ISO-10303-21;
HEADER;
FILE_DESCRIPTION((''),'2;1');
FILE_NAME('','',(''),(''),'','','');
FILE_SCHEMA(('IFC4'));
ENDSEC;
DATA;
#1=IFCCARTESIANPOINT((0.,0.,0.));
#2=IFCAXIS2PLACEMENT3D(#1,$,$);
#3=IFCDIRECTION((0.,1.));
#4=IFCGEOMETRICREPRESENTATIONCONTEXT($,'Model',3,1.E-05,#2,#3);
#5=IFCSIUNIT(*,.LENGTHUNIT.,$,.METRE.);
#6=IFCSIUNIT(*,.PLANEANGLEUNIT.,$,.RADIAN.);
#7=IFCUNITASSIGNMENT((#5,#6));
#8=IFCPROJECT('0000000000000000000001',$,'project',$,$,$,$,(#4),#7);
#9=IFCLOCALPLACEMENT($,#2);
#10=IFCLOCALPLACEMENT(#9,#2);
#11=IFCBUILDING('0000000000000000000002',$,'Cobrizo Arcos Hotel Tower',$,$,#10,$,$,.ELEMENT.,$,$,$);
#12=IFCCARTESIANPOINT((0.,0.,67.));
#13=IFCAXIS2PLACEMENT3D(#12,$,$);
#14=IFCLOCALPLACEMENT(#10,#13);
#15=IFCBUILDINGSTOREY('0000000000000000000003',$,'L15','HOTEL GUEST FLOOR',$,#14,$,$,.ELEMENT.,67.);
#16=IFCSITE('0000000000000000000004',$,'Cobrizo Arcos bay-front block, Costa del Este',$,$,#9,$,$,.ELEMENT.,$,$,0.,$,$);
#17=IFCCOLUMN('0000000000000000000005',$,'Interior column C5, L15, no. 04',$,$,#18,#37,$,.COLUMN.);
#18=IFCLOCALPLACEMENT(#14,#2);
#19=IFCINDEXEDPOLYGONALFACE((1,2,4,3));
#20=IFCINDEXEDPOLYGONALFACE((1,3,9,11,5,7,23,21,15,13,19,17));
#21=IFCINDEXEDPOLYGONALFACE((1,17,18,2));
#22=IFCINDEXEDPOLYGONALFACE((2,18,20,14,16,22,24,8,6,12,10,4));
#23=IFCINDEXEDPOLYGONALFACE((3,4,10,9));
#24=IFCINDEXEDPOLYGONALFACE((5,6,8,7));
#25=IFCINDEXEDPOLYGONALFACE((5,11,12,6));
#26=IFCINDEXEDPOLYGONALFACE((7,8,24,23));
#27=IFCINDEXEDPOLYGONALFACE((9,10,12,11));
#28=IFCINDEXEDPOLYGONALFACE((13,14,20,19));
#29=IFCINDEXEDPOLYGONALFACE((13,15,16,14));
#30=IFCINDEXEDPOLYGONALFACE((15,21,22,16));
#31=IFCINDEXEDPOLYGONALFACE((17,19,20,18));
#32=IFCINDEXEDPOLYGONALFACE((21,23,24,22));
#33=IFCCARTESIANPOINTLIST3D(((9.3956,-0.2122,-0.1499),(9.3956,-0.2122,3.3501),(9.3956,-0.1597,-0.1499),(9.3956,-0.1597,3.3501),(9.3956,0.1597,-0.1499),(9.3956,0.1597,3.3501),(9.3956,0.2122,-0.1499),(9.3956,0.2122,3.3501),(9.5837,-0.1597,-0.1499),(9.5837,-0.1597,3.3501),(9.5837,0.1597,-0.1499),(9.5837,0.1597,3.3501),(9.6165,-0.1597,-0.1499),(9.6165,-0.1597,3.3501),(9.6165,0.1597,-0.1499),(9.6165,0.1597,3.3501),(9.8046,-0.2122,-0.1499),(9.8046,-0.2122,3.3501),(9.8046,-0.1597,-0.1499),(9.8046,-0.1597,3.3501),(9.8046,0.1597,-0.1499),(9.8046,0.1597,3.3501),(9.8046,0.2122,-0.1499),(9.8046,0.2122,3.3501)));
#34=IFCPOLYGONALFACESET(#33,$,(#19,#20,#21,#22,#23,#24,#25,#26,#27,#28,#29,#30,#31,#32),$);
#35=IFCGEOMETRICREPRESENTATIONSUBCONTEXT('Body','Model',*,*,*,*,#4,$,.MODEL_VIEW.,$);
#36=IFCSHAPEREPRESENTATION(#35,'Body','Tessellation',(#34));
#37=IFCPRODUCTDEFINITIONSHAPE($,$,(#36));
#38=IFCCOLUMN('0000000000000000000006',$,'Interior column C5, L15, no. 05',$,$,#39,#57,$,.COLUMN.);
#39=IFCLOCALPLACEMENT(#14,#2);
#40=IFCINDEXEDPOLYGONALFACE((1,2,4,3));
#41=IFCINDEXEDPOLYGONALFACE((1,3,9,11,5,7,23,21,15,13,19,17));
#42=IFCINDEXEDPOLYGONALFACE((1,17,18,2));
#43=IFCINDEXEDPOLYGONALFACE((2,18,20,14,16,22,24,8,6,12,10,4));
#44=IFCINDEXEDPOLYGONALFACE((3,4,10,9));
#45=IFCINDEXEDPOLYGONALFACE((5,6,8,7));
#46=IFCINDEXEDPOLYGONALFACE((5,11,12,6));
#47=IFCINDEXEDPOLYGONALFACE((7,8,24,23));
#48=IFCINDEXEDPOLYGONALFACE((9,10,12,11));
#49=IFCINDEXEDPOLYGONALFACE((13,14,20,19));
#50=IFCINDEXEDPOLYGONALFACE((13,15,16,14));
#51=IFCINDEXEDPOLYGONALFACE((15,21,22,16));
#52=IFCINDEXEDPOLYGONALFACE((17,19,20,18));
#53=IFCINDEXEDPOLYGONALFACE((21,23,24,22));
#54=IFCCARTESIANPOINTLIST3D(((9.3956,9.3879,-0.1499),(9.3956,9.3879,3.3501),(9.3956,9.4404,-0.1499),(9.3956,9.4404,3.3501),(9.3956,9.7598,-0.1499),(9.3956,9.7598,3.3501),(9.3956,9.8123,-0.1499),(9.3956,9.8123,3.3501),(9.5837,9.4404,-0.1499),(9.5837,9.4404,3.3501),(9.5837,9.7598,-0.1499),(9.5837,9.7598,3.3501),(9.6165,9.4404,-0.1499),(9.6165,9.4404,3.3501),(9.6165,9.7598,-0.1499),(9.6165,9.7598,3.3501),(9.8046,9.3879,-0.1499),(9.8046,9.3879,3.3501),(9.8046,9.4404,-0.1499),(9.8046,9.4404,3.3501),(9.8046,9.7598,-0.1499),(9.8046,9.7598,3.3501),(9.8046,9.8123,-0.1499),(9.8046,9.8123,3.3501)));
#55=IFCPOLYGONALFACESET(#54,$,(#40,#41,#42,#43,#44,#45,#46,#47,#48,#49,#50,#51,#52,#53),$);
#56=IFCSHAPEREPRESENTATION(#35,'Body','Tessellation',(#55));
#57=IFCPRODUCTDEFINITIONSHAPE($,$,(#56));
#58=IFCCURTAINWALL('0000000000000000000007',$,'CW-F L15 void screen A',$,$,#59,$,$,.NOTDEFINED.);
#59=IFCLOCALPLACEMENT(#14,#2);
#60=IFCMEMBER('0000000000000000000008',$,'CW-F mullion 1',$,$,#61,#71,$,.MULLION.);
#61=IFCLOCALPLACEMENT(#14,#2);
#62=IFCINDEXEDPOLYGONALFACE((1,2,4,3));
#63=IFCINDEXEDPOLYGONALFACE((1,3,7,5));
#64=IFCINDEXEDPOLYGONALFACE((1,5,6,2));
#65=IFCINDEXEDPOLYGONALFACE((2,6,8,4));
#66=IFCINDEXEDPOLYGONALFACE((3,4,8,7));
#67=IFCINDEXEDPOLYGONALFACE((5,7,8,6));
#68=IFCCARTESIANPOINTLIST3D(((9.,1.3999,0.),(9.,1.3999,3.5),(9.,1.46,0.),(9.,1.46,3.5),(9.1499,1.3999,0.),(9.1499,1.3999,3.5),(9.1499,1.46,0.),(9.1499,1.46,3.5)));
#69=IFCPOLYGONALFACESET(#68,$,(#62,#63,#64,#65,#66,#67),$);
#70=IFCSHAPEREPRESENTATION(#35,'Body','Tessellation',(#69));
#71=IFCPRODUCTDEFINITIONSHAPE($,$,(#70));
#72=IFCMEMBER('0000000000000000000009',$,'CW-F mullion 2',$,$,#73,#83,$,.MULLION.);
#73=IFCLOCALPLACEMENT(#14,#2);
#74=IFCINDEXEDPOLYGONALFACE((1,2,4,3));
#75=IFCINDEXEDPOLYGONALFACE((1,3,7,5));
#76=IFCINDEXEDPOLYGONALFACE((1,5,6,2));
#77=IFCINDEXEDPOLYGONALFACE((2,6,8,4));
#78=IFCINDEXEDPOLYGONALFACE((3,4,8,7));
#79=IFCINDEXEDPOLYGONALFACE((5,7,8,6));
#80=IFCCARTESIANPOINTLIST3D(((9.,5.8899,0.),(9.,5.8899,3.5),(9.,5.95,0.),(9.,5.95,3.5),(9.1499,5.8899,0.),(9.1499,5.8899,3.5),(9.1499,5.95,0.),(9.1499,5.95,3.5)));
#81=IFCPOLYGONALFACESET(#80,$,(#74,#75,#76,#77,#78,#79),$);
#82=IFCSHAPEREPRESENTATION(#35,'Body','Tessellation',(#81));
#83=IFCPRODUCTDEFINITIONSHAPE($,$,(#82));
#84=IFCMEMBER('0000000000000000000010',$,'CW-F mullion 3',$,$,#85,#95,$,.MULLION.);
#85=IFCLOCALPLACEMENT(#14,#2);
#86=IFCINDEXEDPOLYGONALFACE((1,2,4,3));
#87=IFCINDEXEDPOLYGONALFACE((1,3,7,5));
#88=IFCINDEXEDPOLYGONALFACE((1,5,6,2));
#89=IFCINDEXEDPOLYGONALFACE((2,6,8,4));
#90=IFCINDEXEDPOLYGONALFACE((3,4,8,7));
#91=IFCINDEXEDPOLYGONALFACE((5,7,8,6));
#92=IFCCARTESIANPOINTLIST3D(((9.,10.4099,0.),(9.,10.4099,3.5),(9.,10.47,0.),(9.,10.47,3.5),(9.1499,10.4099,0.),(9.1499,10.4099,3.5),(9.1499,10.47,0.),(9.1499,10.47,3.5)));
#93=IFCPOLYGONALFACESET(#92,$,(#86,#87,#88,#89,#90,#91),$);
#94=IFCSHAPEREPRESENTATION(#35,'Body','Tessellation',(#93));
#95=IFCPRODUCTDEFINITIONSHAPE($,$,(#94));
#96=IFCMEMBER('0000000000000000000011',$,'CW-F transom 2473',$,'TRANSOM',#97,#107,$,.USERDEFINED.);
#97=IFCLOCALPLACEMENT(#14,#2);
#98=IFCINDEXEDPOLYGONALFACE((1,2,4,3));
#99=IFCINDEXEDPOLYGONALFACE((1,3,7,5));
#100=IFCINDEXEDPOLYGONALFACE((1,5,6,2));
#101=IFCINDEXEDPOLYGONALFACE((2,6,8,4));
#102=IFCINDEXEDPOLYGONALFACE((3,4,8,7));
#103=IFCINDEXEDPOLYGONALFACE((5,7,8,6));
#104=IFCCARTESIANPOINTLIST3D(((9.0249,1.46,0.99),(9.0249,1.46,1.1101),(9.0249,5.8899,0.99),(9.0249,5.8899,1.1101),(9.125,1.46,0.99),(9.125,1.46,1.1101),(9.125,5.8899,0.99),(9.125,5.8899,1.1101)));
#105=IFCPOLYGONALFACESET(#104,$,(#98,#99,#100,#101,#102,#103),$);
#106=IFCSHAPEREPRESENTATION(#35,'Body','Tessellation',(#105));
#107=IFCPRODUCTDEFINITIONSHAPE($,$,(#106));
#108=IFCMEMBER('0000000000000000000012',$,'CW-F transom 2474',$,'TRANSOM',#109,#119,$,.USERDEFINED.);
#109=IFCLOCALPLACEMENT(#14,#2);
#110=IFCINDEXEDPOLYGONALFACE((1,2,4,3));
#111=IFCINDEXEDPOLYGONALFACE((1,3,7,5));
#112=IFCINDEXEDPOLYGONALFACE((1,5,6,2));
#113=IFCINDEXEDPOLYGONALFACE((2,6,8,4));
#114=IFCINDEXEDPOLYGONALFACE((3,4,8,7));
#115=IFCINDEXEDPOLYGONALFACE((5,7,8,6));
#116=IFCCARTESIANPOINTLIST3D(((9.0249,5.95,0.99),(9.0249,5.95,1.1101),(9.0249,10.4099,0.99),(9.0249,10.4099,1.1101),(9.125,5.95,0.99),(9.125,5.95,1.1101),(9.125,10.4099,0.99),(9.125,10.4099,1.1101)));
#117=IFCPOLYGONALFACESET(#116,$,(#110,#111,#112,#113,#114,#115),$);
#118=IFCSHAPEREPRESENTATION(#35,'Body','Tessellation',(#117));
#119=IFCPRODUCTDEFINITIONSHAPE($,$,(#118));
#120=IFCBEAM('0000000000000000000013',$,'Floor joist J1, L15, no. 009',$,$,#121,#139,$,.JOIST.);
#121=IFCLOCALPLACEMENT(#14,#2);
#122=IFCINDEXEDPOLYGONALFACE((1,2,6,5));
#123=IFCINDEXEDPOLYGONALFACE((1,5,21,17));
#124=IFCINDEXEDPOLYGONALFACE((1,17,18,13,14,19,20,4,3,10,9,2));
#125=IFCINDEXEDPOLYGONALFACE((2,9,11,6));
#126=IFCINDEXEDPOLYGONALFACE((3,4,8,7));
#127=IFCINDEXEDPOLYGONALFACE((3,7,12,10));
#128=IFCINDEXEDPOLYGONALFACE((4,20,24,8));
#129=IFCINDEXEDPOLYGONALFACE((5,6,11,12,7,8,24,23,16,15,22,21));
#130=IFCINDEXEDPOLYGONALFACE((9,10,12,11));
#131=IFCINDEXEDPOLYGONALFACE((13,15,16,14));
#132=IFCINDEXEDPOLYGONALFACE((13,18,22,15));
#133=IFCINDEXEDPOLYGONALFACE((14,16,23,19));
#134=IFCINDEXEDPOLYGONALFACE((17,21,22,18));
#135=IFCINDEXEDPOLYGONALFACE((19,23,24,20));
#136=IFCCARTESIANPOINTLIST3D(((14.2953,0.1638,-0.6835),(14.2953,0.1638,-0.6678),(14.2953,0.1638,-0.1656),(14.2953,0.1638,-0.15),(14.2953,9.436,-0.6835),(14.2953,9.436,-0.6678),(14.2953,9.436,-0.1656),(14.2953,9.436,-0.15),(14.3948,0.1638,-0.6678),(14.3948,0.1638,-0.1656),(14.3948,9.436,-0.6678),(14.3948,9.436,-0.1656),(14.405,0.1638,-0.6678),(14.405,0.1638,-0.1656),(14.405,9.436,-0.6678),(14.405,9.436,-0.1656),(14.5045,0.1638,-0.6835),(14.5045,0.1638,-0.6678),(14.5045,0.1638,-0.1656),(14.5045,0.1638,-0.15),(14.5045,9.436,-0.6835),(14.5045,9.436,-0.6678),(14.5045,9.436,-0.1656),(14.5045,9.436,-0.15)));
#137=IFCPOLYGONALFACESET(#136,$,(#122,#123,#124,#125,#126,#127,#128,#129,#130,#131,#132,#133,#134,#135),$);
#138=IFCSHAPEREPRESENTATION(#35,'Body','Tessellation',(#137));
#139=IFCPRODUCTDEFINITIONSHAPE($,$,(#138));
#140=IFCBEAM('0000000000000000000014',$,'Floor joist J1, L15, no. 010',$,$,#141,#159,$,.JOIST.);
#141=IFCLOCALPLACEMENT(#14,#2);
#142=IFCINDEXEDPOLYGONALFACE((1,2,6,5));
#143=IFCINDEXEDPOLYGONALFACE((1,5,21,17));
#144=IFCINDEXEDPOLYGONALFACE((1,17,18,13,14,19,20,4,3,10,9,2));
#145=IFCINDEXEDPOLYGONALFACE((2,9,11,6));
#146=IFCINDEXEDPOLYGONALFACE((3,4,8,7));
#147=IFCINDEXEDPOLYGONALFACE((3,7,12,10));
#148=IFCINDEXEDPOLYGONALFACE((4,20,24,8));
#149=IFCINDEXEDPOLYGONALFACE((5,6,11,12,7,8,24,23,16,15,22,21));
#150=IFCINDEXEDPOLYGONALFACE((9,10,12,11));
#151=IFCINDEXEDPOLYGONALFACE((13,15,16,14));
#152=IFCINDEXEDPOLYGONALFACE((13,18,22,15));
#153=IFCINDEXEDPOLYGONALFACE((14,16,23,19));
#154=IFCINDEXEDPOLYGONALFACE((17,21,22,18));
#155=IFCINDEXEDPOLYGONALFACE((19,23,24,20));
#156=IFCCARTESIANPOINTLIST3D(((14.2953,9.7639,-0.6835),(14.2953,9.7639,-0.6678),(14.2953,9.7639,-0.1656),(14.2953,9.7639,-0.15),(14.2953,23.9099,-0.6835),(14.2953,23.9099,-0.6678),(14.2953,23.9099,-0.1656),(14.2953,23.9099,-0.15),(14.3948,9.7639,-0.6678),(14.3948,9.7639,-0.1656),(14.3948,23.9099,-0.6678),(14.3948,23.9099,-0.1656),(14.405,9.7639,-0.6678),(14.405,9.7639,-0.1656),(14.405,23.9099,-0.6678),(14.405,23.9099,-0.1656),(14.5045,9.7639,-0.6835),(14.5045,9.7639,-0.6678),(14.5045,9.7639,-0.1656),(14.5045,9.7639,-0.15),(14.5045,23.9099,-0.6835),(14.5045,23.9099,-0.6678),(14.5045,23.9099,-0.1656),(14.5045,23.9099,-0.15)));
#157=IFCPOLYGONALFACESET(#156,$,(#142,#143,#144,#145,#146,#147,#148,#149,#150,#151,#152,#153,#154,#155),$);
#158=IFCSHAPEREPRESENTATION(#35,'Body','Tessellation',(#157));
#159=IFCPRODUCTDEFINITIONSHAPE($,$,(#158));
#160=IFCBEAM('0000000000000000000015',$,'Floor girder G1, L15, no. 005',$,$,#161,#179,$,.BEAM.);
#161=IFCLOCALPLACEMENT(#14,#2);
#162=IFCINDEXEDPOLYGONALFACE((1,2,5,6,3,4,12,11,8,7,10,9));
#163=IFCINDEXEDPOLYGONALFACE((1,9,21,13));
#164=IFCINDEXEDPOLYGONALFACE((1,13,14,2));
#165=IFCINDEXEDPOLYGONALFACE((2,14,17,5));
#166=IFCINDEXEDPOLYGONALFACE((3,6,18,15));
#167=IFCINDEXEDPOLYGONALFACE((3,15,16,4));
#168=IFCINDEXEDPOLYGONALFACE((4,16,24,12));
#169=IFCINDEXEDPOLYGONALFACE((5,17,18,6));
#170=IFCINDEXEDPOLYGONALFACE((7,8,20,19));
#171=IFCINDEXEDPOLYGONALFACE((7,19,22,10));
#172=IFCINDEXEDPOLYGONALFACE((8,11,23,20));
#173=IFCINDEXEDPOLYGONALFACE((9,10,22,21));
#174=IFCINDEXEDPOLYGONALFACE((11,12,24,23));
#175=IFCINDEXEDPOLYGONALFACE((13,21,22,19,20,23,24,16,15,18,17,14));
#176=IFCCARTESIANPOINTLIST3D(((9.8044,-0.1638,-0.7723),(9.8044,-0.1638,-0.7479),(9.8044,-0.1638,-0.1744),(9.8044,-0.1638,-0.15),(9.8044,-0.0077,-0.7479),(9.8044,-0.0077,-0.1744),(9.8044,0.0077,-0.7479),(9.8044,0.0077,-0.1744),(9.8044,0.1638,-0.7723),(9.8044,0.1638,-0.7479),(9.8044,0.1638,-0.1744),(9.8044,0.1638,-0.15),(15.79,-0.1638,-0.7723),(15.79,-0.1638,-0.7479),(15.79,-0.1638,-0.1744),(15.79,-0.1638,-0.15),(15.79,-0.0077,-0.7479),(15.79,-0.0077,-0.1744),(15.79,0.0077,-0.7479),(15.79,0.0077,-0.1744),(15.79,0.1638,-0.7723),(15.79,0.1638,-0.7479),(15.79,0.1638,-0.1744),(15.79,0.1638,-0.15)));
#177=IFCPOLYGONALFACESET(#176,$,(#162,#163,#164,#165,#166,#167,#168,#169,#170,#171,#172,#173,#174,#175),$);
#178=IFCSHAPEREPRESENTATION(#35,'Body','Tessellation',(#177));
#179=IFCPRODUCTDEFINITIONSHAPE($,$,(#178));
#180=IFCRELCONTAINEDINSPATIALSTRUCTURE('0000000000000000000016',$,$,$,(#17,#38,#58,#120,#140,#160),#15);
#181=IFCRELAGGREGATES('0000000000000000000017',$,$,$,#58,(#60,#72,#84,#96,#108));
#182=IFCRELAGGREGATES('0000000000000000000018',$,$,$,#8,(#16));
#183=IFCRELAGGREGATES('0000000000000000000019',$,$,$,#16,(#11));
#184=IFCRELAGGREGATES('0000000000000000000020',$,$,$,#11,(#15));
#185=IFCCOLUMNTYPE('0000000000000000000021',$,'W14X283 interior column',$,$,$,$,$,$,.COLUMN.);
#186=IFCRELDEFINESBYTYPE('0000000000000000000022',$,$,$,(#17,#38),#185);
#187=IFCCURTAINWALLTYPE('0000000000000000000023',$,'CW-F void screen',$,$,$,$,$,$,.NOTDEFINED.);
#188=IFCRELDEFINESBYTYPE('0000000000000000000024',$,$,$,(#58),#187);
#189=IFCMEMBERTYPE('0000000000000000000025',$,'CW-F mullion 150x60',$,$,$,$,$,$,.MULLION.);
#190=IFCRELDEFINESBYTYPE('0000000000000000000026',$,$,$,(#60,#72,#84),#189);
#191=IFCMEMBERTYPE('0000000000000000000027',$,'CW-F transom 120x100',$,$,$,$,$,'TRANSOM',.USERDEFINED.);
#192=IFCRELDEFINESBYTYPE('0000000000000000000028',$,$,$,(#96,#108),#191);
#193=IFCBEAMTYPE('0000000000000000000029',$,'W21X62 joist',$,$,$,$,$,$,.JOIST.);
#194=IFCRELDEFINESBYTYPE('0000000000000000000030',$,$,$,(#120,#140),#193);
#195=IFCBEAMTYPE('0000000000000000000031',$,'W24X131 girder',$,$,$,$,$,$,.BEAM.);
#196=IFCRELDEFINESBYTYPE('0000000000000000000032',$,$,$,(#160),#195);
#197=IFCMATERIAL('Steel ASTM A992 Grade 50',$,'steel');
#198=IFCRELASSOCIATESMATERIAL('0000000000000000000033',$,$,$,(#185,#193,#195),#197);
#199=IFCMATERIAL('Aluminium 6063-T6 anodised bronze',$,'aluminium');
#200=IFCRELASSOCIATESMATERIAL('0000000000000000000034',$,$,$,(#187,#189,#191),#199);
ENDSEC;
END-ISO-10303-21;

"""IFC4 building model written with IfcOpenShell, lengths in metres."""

from ifc_helpers import new_model, si_unit, direction, frame, origin, origin_2d, place, context, subcontext, project, spatial, rectangle, i_section, extrude, material, material_profile, profile_set, type_object, element, aggregate, save


model = new_model("IFC4")

# Units and contexts
model_context = context("Model", 3, precision=1e-05, world=origin(), true_north=direction((0.0, 1.0)))
body_context = subcontext(model_context, "Body", "Model", "MODEL_VIEW")
ifc_project = project(units=[si_unit("LENGTHUNIT", "METRE"), si_unit("PLANEANGLEUNIT", "RADIAN")], contexts=[model_context])

# Site, building, storey
site_placement = place(None, origin())
site = spatial("IfcSite", under=ifc_project, at=site_placement, Name="Cobrizo Arcos bay-front block, Costa del Este", CompositionType="ELEMENT", RefElevation=0.0)
building_placement = place(site_placement, origin())
building = spatial("IfcBuilding", under=site, at=building_placement, Name="Cobrizo Arcos Hotel Tower", CompositionType="ELEMENT")
storey_placement = place(building_placement, frame((0.0, 0.0, 67.0)))
storey = spatial("IfcBuildingStorey", under=building, at=storey_placement, Name="L15", Description="HOTEL GUEST FLOOR", CompositionType="ELEMENT", Elevation=67.0)

# Columns
ifc_material_1 = material(Name="Steel ASTM A992 Grade 50", Category="steel")
ifc_material_profile_1 = material_profile(ifc_material_1, i_section(OverallWidth=0.4089, OverallDepth=0.4243, WebThickness=0.0327, FlangeThickness=0.0525, at=origin_2d()), Name="W14X283")
ifc_profile_set_1 = profile_set([ifc_material_profile_1], Name="Steel ASTM A992 Grade 50")
column_type = type_object("IfcColumnType", Name="W14X283 interior column", PredefinedType="COLUMN", material=ifc_profile_set_1)
for number, where, z_axis, x_axis, name in (
    (1, (9.6001, 0.0, -0.1499), (0.0, 0.0, 1.0), (1.0, 0.0, 0.0), "Interior column C5, L15, no. 04"),
    (2, (9.6001, 9.6001, -0.1499), (0.0, 0.0, 1.0), (1.0, 0.0, 0.0), "Interior column C5, L15, no. 05"),
):
    element("IfcColumn", number, at=place(storey_placement, frame(where, z_axis=z_axis, x_axis=x_axis)), inside=storey, type_object=column_type, Name=name, PredefinedType="COLUMN", context=body_context, shape_type="SweptSolid", body=[
        extrude(i_section(OverallWidth=0.4089, OverallDepth=0.4243, WebThickness=0.0327, FlangeThickness=0.0525, at=origin_2d()), origin(), (0.0, 0.0, 1.0), 3.5),
    ])

# Curtain wall, members
ifc_material_2 = material(Name="Aluminium 6063-T6 anodised bronze", Category="aluminium")
curtain_wall_type = type_object("IfcCurtainWallType", Name="CW-F void screen", PredefinedType="NOTDEFINED", material=ifc_material_2)
curtain_wall_placement = place(storey_placement, origin())
curtain_wall = element("IfcCurtainWall", 3, at=curtain_wall_placement, inside=storey, type_object=curtain_wall_type, Name="CW-F L15 void screen A", PredefinedType="NOTDEFINED")
ifc_material_profile_2 = material_profile(ifc_material_2, rectangle(XDim=0.1499, YDim=0.0601, at=origin_2d()), Name="CW-F mullion 150x60")
ifc_profile_set_2 = profile_set([ifc_material_profile_2], Name="Aluminium 6063-T6 anodised bronze")
member_type_1 = type_object("IfcMemberType", Name="CW-F mullion 150x60", PredefinedType="MULLION", material=ifc_profile_set_2)
member_1_placement = place(storey_placement, frame((9.075, 1.4299, 0.0), z_axis=(0.0, 0.0, 1.0), x_axis=(1.0, 0.0, 0.0)))
member_1 = element("IfcMember", 4, at=member_1_placement, type_object=member_type_1, Name="CW-F mullion 1", PredefinedType="MULLION", context=body_context, shape_type="SweptSolid", body=[
    extrude(rectangle(XDim=0.1499, YDim=0.0601, at=origin_2d()), origin(), (0.0, 0.0, 1.0), 3.5),
])
member_2_placement = place(storey_placement, frame((9.075, 5.9199, 0.0), z_axis=(0.0, 0.0, 1.0), x_axis=(1.0, 0.0, 0.0)))
member_2 = element("IfcMember", 5, at=member_2_placement, type_object=member_type_1, Name="CW-F mullion 2", PredefinedType="MULLION", context=body_context, shape_type="SweptSolid", body=[
    extrude(rectangle(XDim=0.1499, YDim=0.0601, at=origin_2d()), origin(), (0.0, 0.0, 1.0), 3.5),
])
member_3_placement = place(storey_placement, frame((9.075, 10.4399, 0.0), z_axis=(0.0, 0.0, 1.0), x_axis=(1.0, 0.0, 0.0)))
member_3 = element("IfcMember", 6, at=member_3_placement, type_object=member_type_1, Name="CW-F mullion 3", PredefinedType="MULLION", context=body_context, shape_type="SweptSolid", body=[
    extrude(rectangle(XDim=0.1499, YDim=0.0601, at=origin_2d()), origin(), (0.0, 0.0, 1.0), 3.5),
])
ifc_material_profile_3 = material_profile(ifc_material_2, rectangle(XDim=0.1001, YDim=0.1201, at=origin_2d()), Name="CW-F transom 120x100")
ifc_profile_set_3 = profile_set([ifc_material_profile_3], Name="Aluminium 6063-T6 anodised bronze")
member_type_2 = type_object("IfcMemberType", Name="CW-F transom 120x100", ElementType="TRANSOM", PredefinedType="USERDEFINED", material=ifc_profile_set_3)
member_4_placement = place(storey_placement, frame((9.075, 1.46, 1.05), z_axis=(0.0, 1.0, 0.0), x_axis=(-1.0, 0.0, 0.0)))
member_4 = element("IfcMember", 7, at=member_4_placement, type_object=member_type_2, Name="CW-F transom 2473", ObjectType="TRANSOM", PredefinedType="USERDEFINED", context=body_context, shape_type="SweptSolid", body=[
    extrude(rectangle(XDim=0.1001, YDim=0.1201, at=origin_2d()), origin(), (0.0, 0.0, 1.0), 4.4299),
])
member_5_placement = place(storey_placement, frame((9.075, 5.95, 1.05), z_axis=(0.0, 1.0, 0.0), x_axis=(-1.0, 0.0, 0.0)))
member_5 = element("IfcMember", 8, at=member_5_placement, type_object=member_type_2, Name="CW-F transom 2474", ObjectType="TRANSOM", PredefinedType="USERDEFINED", context=body_context, shape_type="SweptSolid", body=[
    extrude(rectangle(XDim=0.1001, YDim=0.1201, at=origin_2d()), origin(), (0.0, 0.0, 1.0), 4.46),
])

# Beams
ifc_material_profile_4 = material_profile(ifc_material_1, i_section(OverallWidth=0.2092, OverallDepth=0.5334, WebThickness=0.0103, FlangeThickness=0.0156, at=origin_2d()), Name="W21X62")
ifc_profile_set_4 = profile_set([ifc_material_profile_4], Name="Steel ASTM A992 Grade 50")
beam_type_1 = type_object("IfcBeamType", Name="W21X62 joist", PredefinedType="JOIST", material=ifc_profile_set_4)
beam_1_placement = place(storey_placement, frame((14.3999, 0.1638, -0.4167), z_axis=(0.0, 1.0, 0.0), x_axis=(-1.0, 0.0, 0.0)))
element("IfcBeam", 9, at=beam_1_placement, inside=storey, type_object=beam_type_1, Name="Floor joist J1, L15, no. 009", PredefinedType="JOIST", context=body_context, shape_type="SweptSolid", body=[
    extrude(i_section(OverallWidth=0.2092, OverallDepth=0.5334, WebThickness=0.0103, FlangeThickness=0.0156, at=origin_2d()), origin(), (0.0, 0.0, 1.0), 9.2722),
])
beam_2_placement = place(storey_placement, frame((14.3999, 9.7639, -0.4167), z_axis=(0.0, 1.0, 0.0), x_axis=(-1.0, 0.0, 0.0)))
element("IfcBeam", 10, at=beam_2_placement, inside=storey, type_object=beam_type_1, Name="Floor joist J1, L15, no. 010", PredefinedType="JOIST", context=body_context, shape_type="SweptSolid", body=[
    extrude(i_section(OverallWidth=0.2092, OverallDepth=0.5334, WebThickness=0.0103, FlangeThickness=0.0156, at=origin_2d()), origin(), (0.0, 0.0, 1.0), 14.146),
])
ifc_material_profile_5 = material_profile(ifc_material_1, i_section(OverallWidth=0.3276, OverallDepth=0.6223, WebThickness=0.0154, FlangeThickness=0.0244, at=origin_2d()), Name="W24X131")
ifc_profile_set_5 = profile_set([ifc_material_profile_5], Name="Steel ASTM A992 Grade 50")
beam_type_2 = type_object("IfcBeamType", Name="W24X131 girder", PredefinedType="BEAM", material=ifc_profile_set_5)
for number, where, z_axis, x_axis, name in (
    (11, (9.8044, 0.0, -0.4612), (1.0, 0.0, 0.0), (0.0, 1.0, 0.0), "Floor girder G1, L15, no. 005"),
):
    element("IfcBeam", number, at=place(storey_placement, frame(where, z_axis=z_axis, x_axis=x_axis)), inside=storey, type_object=beam_type_2, Name=name, PredefinedType="BEAM", context=body_context, shape_type="SweptSolid", body=[
        extrude(i_section(OverallWidth=0.3276, OverallDepth=0.6223, WebThickness=0.0154, FlangeThickness=0.0244, at=origin_2d()), origin(), (0.0, 0.0, 1.0), 5.9856),
    ])

aggregate(curtain_wall, [member_1, member_2, member_3, member_4, member_5])

save(model, "model.ifc")
